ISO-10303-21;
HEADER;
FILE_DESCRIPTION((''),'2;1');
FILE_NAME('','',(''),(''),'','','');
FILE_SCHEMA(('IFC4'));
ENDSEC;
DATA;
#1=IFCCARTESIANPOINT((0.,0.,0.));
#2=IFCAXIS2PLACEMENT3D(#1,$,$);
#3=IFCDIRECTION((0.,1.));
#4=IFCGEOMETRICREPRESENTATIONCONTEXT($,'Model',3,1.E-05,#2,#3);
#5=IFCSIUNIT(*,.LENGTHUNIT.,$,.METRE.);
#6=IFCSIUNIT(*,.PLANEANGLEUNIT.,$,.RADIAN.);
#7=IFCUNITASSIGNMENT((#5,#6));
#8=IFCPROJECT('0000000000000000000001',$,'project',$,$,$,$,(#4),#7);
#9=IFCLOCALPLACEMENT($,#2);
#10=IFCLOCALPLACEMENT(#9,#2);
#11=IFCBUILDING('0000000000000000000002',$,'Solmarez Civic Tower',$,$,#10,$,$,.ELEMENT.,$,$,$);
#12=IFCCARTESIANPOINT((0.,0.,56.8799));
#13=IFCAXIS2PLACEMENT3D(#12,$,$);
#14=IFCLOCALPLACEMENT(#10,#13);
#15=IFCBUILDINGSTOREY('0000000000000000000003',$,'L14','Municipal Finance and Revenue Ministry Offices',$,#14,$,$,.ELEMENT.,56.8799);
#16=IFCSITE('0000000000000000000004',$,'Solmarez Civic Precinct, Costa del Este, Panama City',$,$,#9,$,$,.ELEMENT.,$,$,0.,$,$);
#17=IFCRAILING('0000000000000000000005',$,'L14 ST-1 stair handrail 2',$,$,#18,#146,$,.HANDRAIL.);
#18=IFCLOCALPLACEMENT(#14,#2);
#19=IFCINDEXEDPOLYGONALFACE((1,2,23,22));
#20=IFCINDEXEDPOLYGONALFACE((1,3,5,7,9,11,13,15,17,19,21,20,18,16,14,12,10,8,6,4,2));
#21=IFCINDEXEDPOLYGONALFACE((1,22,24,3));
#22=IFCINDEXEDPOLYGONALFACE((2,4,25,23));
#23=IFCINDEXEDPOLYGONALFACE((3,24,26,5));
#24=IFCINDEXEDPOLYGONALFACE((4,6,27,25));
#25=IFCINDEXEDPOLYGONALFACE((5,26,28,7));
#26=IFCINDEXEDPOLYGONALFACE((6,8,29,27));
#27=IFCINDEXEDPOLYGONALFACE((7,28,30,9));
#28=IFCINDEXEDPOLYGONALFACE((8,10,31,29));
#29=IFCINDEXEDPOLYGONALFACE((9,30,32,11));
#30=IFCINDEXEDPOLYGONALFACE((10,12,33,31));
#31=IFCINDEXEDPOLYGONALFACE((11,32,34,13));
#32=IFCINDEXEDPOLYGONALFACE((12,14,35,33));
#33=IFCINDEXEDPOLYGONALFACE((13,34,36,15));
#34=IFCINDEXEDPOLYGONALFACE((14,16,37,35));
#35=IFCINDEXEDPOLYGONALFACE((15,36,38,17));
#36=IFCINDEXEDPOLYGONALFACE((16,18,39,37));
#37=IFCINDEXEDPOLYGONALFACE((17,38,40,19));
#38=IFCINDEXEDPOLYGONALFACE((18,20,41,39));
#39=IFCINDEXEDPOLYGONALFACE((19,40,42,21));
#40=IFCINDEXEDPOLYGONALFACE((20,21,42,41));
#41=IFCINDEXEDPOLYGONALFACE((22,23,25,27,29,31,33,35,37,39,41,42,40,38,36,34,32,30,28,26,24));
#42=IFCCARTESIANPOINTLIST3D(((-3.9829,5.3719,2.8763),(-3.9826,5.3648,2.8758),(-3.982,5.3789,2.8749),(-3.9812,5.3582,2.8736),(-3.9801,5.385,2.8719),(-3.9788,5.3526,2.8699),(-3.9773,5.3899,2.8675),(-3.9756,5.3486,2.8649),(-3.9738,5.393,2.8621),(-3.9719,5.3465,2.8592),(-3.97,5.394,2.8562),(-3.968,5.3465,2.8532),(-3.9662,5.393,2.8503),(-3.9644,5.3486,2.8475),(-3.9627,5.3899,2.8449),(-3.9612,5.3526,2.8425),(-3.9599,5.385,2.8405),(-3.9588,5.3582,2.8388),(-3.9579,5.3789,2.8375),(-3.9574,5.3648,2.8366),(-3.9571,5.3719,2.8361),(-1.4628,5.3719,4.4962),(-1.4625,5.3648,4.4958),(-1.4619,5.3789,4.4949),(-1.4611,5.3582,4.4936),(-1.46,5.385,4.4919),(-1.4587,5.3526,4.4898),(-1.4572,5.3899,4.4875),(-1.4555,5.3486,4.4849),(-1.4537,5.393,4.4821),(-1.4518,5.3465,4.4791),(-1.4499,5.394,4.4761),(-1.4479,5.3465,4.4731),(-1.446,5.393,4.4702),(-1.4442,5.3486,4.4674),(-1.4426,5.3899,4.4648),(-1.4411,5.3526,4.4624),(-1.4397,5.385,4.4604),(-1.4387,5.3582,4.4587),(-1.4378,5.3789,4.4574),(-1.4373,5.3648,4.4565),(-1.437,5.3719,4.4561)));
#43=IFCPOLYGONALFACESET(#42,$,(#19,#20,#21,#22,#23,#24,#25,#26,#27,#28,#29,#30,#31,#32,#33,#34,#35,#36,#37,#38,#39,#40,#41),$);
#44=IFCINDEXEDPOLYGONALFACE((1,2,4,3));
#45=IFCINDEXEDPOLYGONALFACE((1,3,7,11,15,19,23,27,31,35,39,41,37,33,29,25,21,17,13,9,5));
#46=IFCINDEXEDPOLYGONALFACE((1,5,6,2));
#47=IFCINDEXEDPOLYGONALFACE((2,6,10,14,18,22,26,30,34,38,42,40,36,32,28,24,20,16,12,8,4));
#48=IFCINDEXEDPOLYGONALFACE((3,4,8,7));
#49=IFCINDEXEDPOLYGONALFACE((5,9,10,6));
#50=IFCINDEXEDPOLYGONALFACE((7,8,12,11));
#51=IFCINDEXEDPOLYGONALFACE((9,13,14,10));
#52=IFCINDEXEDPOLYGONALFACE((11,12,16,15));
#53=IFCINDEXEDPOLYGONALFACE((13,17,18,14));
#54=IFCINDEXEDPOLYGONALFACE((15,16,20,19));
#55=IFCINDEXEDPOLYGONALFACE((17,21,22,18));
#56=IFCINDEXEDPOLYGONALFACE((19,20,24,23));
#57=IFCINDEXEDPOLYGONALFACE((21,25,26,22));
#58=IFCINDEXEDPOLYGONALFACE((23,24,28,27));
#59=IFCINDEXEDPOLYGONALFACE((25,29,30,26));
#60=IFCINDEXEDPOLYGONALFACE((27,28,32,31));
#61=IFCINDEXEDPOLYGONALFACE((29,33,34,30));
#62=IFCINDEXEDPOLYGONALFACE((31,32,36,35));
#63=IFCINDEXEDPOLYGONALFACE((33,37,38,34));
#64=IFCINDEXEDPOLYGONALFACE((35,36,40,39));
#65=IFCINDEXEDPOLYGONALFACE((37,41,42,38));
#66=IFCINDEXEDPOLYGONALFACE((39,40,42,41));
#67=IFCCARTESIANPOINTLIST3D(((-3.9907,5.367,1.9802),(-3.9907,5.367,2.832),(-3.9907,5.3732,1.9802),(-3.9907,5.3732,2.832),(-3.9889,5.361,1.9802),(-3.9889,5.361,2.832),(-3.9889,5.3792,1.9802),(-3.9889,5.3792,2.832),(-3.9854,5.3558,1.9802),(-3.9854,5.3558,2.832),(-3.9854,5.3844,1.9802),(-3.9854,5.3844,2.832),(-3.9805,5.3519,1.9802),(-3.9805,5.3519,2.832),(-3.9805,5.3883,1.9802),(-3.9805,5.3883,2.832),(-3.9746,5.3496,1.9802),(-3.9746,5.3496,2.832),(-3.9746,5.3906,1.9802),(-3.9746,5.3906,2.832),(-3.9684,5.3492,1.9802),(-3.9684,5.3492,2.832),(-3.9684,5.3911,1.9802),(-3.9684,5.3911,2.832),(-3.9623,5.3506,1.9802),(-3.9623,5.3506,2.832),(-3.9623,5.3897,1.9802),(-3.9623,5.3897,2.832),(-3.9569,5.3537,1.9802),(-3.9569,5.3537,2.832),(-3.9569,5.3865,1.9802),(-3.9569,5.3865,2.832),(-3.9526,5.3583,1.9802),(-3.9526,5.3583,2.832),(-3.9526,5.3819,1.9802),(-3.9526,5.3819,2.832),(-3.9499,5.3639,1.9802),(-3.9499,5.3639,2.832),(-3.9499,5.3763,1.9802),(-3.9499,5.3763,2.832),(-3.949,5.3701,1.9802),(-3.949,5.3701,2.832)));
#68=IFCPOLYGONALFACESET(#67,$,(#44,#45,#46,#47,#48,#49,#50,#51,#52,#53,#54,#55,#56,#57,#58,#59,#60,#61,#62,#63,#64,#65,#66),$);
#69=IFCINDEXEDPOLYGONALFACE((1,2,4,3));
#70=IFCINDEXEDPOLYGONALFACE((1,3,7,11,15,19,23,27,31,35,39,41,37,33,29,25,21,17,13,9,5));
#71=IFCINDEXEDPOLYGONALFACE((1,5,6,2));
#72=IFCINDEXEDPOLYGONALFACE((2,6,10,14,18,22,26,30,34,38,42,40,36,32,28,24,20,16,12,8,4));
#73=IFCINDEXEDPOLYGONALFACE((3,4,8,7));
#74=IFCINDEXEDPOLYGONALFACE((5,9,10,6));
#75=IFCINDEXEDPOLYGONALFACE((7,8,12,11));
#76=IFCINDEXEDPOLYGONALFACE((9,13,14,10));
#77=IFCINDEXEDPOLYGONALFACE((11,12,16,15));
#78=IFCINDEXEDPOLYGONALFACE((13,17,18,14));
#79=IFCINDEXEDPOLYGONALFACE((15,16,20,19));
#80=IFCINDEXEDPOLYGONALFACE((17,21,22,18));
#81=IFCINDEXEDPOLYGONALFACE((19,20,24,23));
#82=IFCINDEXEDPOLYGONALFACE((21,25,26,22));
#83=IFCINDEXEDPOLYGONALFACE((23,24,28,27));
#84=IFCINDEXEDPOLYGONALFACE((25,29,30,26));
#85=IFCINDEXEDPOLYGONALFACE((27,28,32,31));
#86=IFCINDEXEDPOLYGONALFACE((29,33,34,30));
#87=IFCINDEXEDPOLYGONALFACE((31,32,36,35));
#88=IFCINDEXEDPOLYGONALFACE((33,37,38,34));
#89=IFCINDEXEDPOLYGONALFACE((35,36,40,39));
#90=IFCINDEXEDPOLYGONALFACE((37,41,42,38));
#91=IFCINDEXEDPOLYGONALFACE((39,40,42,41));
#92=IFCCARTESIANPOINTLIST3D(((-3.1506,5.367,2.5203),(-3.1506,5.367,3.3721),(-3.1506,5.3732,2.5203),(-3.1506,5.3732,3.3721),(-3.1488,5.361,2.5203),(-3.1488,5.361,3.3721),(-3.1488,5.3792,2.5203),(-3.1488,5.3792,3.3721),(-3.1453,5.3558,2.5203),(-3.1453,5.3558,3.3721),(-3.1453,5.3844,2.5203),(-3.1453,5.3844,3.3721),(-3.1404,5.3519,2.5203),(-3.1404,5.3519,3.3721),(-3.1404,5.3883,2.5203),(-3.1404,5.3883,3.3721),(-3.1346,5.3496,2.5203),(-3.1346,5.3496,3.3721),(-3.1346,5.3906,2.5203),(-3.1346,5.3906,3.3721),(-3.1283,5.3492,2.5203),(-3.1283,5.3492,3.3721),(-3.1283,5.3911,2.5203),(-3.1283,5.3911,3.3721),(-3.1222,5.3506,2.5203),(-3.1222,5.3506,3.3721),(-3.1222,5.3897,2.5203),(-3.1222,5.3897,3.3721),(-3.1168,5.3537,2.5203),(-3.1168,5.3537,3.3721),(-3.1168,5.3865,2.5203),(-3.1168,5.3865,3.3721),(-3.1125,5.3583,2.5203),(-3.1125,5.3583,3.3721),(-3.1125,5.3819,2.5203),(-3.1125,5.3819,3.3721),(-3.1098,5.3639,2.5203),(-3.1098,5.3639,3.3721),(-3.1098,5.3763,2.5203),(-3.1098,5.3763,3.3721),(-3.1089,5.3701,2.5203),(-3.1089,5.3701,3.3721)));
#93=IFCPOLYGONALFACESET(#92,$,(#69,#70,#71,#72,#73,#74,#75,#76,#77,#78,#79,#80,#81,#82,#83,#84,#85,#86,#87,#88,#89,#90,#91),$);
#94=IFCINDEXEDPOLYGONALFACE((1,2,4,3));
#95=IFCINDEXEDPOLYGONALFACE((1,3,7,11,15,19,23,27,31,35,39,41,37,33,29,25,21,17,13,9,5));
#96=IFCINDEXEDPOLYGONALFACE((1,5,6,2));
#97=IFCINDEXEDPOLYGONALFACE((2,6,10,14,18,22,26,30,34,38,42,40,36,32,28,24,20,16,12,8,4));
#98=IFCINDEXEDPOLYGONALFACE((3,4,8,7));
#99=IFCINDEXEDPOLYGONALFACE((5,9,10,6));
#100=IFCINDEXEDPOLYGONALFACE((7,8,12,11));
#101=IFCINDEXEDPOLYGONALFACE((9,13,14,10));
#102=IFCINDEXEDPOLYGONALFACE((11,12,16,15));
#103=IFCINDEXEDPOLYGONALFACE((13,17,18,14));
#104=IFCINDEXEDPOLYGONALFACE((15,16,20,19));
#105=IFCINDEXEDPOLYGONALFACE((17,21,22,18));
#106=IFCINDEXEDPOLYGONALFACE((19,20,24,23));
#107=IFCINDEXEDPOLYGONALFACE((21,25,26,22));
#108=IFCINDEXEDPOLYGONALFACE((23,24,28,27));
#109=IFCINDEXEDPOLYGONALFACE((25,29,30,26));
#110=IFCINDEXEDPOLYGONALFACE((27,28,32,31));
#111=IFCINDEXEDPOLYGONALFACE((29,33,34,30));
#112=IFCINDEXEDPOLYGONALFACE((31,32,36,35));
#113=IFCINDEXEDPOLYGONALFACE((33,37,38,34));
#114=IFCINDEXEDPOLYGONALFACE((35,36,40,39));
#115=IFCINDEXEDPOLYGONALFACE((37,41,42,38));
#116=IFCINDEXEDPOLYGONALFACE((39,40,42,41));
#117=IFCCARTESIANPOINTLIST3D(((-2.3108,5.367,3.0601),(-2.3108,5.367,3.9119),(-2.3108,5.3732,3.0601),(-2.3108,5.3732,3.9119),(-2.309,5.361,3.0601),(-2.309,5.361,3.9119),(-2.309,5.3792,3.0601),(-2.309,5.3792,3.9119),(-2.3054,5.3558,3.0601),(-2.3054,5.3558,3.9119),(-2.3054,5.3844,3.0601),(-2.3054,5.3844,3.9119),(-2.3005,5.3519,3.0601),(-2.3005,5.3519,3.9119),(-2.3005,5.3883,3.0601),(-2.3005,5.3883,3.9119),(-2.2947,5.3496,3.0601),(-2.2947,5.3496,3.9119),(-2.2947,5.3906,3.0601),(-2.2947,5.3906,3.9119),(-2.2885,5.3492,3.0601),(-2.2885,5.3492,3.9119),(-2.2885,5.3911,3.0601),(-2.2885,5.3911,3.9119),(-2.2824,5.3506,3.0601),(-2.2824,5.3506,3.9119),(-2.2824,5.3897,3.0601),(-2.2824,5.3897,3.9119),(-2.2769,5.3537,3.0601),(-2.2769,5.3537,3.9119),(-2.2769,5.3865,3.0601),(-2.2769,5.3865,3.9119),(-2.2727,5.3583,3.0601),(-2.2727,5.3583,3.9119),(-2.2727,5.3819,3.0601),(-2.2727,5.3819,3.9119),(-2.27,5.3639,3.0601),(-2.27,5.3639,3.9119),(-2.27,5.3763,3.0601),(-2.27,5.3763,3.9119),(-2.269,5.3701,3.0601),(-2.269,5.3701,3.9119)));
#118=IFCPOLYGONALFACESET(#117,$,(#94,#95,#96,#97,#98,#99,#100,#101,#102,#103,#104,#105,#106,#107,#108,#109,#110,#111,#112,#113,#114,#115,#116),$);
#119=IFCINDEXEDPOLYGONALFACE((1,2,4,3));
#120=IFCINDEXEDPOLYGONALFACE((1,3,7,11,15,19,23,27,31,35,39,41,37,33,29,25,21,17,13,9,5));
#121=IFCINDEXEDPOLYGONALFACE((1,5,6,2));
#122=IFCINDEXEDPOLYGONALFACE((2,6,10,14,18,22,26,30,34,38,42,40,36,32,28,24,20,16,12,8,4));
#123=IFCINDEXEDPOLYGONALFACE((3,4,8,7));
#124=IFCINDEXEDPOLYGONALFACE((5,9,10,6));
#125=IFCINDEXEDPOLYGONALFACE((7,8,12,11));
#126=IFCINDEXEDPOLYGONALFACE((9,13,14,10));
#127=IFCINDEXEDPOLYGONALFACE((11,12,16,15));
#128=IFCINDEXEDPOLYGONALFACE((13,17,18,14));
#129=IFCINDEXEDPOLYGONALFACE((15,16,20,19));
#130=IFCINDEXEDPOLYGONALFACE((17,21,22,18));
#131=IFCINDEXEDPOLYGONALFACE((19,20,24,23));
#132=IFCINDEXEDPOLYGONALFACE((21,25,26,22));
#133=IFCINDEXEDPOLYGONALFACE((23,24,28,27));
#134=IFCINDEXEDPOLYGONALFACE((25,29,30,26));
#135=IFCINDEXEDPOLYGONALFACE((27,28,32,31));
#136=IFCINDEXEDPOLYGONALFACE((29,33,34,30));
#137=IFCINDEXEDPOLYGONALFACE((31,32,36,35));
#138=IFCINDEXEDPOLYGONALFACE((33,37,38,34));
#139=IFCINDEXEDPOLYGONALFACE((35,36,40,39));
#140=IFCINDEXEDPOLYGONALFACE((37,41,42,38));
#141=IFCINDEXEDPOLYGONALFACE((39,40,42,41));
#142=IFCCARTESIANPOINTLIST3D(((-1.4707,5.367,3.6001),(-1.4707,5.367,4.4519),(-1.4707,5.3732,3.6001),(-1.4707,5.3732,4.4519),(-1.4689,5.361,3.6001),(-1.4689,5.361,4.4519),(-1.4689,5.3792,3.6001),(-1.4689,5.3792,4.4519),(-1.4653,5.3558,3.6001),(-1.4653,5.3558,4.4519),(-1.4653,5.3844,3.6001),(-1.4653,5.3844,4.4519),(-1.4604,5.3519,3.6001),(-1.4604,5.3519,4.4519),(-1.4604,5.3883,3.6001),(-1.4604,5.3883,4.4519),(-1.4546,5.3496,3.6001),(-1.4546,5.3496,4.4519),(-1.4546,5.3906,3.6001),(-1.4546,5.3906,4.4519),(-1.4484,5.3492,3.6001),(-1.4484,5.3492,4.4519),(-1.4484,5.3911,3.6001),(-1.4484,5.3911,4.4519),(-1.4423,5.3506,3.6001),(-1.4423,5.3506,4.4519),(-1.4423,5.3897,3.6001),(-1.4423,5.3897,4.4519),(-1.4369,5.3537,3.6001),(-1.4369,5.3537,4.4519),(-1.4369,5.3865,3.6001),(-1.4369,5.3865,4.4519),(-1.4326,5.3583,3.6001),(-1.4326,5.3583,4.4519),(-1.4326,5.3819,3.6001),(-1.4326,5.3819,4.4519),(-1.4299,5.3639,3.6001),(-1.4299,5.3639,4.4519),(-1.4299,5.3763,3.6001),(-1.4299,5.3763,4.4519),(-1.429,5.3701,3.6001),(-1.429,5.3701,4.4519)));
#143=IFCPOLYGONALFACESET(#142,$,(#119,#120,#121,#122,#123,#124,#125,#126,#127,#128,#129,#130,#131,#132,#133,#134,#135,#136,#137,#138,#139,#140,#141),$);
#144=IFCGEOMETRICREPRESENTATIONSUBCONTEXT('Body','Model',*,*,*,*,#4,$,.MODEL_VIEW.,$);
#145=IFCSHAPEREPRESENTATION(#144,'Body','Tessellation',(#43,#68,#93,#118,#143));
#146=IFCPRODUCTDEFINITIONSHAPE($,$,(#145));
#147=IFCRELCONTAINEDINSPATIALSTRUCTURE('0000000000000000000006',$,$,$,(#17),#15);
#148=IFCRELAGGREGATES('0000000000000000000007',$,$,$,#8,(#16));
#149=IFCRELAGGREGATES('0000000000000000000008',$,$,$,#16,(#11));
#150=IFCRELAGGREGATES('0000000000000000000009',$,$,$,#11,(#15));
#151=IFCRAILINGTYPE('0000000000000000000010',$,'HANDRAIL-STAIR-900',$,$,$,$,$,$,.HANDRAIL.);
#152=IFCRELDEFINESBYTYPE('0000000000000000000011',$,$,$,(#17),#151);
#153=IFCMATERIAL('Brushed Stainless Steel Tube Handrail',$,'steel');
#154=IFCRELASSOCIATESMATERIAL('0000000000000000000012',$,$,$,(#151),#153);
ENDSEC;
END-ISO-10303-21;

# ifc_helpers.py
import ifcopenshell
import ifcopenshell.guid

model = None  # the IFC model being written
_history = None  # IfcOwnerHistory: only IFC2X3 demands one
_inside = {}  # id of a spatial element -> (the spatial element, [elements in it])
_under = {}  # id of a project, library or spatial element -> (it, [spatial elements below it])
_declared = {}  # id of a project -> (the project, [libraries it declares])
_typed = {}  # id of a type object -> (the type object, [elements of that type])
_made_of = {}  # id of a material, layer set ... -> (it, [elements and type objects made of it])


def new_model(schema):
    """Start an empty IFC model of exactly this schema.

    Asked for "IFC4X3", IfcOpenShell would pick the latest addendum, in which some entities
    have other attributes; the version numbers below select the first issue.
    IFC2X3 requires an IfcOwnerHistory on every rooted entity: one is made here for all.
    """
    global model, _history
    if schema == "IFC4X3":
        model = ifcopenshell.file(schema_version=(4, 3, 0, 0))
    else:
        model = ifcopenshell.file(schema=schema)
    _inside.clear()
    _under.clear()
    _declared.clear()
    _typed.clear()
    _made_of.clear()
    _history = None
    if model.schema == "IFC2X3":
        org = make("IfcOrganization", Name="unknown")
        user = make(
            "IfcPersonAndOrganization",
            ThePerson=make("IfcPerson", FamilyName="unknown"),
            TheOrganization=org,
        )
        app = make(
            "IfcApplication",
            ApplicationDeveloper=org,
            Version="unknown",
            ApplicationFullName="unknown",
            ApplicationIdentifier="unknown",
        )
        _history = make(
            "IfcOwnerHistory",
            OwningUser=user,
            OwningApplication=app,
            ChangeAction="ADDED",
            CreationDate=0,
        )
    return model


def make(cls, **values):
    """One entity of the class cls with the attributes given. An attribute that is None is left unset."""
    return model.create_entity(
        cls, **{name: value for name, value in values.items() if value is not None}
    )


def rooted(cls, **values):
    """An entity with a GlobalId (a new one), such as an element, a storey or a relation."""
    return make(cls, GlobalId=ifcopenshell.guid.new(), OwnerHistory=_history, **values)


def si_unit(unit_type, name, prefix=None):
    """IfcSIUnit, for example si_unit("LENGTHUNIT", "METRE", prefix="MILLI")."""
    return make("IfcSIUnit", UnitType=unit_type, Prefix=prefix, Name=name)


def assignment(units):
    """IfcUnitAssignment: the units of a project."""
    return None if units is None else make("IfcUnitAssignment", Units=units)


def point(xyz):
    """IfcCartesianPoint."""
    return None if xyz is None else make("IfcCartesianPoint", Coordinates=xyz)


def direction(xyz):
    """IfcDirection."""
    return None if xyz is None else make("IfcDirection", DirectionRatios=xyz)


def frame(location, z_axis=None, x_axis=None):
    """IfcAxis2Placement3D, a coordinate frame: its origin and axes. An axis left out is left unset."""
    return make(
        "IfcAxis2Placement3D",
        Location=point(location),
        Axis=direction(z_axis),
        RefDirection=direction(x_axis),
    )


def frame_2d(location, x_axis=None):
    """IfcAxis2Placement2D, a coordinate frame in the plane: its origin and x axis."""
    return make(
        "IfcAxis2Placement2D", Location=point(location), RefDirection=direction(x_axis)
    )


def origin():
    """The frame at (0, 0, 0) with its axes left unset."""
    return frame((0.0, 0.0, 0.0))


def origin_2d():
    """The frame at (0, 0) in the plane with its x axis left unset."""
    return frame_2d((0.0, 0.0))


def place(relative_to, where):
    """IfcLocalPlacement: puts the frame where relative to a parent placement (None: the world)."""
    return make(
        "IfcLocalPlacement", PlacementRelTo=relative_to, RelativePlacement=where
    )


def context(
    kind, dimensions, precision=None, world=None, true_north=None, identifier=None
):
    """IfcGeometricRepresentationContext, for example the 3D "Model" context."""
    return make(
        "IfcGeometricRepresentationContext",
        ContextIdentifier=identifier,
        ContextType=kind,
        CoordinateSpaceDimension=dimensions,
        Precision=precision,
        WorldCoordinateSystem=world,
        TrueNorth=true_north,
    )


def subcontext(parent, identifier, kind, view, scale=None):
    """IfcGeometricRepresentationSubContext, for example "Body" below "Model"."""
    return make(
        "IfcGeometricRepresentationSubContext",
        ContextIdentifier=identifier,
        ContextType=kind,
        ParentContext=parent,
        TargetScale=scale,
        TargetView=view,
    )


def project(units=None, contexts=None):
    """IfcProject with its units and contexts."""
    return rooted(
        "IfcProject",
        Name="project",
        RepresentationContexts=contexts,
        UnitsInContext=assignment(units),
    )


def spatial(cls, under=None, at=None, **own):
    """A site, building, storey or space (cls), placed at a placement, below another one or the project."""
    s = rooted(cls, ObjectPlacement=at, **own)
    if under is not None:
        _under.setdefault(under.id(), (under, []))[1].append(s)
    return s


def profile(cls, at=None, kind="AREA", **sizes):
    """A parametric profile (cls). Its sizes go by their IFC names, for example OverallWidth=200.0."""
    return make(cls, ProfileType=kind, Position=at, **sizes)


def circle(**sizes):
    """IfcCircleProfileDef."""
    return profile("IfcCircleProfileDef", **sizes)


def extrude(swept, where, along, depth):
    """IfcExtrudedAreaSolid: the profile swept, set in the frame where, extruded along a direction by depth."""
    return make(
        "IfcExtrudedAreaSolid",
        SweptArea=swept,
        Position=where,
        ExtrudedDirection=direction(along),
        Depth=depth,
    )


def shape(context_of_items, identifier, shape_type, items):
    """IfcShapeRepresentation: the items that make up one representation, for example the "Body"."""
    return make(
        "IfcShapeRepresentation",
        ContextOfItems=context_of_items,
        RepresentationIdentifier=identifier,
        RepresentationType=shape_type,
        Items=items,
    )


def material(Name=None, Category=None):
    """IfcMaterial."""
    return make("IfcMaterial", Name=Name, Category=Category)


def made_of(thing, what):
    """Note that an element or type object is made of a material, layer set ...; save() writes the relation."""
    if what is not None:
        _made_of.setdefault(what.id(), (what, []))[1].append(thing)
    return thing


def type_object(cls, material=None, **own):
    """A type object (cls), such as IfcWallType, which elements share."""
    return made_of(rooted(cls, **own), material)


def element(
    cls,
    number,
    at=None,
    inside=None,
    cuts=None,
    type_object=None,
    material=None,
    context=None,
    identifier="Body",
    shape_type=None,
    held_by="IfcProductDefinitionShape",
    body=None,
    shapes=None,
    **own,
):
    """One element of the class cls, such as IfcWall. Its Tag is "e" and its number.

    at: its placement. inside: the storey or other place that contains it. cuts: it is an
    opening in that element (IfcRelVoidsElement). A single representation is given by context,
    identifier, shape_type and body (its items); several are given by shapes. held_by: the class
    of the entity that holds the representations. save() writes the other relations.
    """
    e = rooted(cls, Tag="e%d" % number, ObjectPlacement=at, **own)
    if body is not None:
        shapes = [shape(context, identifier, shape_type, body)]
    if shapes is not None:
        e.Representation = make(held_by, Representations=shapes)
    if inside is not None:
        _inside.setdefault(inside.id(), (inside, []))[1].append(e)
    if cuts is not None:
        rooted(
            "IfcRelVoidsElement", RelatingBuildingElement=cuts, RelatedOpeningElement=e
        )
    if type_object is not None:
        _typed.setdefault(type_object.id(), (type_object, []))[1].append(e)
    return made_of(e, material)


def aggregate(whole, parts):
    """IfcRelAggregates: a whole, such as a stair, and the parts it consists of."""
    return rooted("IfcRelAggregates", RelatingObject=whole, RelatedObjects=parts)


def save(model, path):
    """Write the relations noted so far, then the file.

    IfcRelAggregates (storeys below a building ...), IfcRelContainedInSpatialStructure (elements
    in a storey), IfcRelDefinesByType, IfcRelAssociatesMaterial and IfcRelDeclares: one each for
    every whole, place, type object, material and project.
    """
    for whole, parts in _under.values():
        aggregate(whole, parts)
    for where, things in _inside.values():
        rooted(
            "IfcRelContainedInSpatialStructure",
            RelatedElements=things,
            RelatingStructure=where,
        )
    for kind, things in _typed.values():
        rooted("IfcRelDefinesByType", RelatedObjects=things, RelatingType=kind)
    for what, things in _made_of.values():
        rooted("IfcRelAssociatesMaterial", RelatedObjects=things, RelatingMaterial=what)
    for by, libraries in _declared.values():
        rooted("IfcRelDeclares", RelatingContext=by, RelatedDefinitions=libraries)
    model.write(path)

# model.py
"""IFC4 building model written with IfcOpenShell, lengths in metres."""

from ifc_helpers import new_model, si_unit, direction, frame, origin, origin_2d, place, context, subcontext, project, spatial, circle, extrude, material, type_object, element, save


model = new_model("IFC4")

# Units and contexts
model_context = context("Model", 3, precision=1e-05, world=origin(), true_north=direction((0.0, 1.0)))
body_context = subcontext(model_context, "Body", "Model", "MODEL_VIEW")
ifc_project = project(units=[si_unit("LENGTHUNIT", "METRE"), si_unit("PLANEANGLEUNIT", "RADIAN")], contexts=[model_context])

# Site, building, storey
site_placement = place(None, origin())
site = spatial("IfcSite", under=ifc_project, at=site_placement, Name="Solmarez Civic Precinct, Costa del Este, Panama City", CompositionType="ELEMENT", RefElevation=0.0)
building_placement = place(site_placement, origin())
building = spatial("IfcBuilding", under=site, at=building_placement, Name="Solmarez Civic Tower", CompositionType="ELEMENT")
storey_placement = place(building_placement, frame((0.0, 0.0, 56.8799)))
storey = spatial("IfcBuildingStorey", under=building, at=storey_placement, Name="L14", Description="Municipal Finance and Revenue Ministry Offices", CompositionType="ELEMENT", Elevation=56.8799)

# Railing
ifc_material_1 = material(Name="Brushed Stainless Steel Tube Handrail", Category="steel")
railing_type_1 = type_object("IfcRailingType", Name="HANDRAIL-STAIR-900", PredefinedType="HANDRAIL", material=ifc_material_1)
railing_1_placement = place(storey_placement, frame((-3.97, 5.3701, 1.9802)))
element("IfcRailing", 1, at=railing_1_placement, inside=storey, type_object=railing_type_1, Name="L14 ST-1 stair handrail 2", PredefinedType="HANDRAIL", context=body_context, shape_type="SweptSolid", body=[
    extrude(circle(Radius=0.0239, at=origin_2d()), frame((0.0, 0.0, 0.876), z_axis=(0.8412, 0.0, 0.540725), x_axis=(0.0, 1.0, 0.0)), (0.0, 0.0, 1.0), 2.9958),
    extrude(circle(Radius=0.021, at=origin_2d()), origin(), (0.0, 0.0, 1.0), 0.8518),
    extrude(circle(Radius=0.021, at=origin_2d()), frame((0.8401, 0.0, 0.54)), (0.0, 0.0, 1.0), 0.8518),
    extrude(circle(Radius=0.021, at=origin_2d()), frame((1.6799, 0.0, 1.0798)), (0.0, 0.0, 1.0), 0.8518),
    extrude(circle(Radius=0.021, at=origin_2d()), frame((2.52, 0.0, 1.6199)), (0.0, 0.0, 1.0), 0.8518),
])

save(model, "model.ifc")
